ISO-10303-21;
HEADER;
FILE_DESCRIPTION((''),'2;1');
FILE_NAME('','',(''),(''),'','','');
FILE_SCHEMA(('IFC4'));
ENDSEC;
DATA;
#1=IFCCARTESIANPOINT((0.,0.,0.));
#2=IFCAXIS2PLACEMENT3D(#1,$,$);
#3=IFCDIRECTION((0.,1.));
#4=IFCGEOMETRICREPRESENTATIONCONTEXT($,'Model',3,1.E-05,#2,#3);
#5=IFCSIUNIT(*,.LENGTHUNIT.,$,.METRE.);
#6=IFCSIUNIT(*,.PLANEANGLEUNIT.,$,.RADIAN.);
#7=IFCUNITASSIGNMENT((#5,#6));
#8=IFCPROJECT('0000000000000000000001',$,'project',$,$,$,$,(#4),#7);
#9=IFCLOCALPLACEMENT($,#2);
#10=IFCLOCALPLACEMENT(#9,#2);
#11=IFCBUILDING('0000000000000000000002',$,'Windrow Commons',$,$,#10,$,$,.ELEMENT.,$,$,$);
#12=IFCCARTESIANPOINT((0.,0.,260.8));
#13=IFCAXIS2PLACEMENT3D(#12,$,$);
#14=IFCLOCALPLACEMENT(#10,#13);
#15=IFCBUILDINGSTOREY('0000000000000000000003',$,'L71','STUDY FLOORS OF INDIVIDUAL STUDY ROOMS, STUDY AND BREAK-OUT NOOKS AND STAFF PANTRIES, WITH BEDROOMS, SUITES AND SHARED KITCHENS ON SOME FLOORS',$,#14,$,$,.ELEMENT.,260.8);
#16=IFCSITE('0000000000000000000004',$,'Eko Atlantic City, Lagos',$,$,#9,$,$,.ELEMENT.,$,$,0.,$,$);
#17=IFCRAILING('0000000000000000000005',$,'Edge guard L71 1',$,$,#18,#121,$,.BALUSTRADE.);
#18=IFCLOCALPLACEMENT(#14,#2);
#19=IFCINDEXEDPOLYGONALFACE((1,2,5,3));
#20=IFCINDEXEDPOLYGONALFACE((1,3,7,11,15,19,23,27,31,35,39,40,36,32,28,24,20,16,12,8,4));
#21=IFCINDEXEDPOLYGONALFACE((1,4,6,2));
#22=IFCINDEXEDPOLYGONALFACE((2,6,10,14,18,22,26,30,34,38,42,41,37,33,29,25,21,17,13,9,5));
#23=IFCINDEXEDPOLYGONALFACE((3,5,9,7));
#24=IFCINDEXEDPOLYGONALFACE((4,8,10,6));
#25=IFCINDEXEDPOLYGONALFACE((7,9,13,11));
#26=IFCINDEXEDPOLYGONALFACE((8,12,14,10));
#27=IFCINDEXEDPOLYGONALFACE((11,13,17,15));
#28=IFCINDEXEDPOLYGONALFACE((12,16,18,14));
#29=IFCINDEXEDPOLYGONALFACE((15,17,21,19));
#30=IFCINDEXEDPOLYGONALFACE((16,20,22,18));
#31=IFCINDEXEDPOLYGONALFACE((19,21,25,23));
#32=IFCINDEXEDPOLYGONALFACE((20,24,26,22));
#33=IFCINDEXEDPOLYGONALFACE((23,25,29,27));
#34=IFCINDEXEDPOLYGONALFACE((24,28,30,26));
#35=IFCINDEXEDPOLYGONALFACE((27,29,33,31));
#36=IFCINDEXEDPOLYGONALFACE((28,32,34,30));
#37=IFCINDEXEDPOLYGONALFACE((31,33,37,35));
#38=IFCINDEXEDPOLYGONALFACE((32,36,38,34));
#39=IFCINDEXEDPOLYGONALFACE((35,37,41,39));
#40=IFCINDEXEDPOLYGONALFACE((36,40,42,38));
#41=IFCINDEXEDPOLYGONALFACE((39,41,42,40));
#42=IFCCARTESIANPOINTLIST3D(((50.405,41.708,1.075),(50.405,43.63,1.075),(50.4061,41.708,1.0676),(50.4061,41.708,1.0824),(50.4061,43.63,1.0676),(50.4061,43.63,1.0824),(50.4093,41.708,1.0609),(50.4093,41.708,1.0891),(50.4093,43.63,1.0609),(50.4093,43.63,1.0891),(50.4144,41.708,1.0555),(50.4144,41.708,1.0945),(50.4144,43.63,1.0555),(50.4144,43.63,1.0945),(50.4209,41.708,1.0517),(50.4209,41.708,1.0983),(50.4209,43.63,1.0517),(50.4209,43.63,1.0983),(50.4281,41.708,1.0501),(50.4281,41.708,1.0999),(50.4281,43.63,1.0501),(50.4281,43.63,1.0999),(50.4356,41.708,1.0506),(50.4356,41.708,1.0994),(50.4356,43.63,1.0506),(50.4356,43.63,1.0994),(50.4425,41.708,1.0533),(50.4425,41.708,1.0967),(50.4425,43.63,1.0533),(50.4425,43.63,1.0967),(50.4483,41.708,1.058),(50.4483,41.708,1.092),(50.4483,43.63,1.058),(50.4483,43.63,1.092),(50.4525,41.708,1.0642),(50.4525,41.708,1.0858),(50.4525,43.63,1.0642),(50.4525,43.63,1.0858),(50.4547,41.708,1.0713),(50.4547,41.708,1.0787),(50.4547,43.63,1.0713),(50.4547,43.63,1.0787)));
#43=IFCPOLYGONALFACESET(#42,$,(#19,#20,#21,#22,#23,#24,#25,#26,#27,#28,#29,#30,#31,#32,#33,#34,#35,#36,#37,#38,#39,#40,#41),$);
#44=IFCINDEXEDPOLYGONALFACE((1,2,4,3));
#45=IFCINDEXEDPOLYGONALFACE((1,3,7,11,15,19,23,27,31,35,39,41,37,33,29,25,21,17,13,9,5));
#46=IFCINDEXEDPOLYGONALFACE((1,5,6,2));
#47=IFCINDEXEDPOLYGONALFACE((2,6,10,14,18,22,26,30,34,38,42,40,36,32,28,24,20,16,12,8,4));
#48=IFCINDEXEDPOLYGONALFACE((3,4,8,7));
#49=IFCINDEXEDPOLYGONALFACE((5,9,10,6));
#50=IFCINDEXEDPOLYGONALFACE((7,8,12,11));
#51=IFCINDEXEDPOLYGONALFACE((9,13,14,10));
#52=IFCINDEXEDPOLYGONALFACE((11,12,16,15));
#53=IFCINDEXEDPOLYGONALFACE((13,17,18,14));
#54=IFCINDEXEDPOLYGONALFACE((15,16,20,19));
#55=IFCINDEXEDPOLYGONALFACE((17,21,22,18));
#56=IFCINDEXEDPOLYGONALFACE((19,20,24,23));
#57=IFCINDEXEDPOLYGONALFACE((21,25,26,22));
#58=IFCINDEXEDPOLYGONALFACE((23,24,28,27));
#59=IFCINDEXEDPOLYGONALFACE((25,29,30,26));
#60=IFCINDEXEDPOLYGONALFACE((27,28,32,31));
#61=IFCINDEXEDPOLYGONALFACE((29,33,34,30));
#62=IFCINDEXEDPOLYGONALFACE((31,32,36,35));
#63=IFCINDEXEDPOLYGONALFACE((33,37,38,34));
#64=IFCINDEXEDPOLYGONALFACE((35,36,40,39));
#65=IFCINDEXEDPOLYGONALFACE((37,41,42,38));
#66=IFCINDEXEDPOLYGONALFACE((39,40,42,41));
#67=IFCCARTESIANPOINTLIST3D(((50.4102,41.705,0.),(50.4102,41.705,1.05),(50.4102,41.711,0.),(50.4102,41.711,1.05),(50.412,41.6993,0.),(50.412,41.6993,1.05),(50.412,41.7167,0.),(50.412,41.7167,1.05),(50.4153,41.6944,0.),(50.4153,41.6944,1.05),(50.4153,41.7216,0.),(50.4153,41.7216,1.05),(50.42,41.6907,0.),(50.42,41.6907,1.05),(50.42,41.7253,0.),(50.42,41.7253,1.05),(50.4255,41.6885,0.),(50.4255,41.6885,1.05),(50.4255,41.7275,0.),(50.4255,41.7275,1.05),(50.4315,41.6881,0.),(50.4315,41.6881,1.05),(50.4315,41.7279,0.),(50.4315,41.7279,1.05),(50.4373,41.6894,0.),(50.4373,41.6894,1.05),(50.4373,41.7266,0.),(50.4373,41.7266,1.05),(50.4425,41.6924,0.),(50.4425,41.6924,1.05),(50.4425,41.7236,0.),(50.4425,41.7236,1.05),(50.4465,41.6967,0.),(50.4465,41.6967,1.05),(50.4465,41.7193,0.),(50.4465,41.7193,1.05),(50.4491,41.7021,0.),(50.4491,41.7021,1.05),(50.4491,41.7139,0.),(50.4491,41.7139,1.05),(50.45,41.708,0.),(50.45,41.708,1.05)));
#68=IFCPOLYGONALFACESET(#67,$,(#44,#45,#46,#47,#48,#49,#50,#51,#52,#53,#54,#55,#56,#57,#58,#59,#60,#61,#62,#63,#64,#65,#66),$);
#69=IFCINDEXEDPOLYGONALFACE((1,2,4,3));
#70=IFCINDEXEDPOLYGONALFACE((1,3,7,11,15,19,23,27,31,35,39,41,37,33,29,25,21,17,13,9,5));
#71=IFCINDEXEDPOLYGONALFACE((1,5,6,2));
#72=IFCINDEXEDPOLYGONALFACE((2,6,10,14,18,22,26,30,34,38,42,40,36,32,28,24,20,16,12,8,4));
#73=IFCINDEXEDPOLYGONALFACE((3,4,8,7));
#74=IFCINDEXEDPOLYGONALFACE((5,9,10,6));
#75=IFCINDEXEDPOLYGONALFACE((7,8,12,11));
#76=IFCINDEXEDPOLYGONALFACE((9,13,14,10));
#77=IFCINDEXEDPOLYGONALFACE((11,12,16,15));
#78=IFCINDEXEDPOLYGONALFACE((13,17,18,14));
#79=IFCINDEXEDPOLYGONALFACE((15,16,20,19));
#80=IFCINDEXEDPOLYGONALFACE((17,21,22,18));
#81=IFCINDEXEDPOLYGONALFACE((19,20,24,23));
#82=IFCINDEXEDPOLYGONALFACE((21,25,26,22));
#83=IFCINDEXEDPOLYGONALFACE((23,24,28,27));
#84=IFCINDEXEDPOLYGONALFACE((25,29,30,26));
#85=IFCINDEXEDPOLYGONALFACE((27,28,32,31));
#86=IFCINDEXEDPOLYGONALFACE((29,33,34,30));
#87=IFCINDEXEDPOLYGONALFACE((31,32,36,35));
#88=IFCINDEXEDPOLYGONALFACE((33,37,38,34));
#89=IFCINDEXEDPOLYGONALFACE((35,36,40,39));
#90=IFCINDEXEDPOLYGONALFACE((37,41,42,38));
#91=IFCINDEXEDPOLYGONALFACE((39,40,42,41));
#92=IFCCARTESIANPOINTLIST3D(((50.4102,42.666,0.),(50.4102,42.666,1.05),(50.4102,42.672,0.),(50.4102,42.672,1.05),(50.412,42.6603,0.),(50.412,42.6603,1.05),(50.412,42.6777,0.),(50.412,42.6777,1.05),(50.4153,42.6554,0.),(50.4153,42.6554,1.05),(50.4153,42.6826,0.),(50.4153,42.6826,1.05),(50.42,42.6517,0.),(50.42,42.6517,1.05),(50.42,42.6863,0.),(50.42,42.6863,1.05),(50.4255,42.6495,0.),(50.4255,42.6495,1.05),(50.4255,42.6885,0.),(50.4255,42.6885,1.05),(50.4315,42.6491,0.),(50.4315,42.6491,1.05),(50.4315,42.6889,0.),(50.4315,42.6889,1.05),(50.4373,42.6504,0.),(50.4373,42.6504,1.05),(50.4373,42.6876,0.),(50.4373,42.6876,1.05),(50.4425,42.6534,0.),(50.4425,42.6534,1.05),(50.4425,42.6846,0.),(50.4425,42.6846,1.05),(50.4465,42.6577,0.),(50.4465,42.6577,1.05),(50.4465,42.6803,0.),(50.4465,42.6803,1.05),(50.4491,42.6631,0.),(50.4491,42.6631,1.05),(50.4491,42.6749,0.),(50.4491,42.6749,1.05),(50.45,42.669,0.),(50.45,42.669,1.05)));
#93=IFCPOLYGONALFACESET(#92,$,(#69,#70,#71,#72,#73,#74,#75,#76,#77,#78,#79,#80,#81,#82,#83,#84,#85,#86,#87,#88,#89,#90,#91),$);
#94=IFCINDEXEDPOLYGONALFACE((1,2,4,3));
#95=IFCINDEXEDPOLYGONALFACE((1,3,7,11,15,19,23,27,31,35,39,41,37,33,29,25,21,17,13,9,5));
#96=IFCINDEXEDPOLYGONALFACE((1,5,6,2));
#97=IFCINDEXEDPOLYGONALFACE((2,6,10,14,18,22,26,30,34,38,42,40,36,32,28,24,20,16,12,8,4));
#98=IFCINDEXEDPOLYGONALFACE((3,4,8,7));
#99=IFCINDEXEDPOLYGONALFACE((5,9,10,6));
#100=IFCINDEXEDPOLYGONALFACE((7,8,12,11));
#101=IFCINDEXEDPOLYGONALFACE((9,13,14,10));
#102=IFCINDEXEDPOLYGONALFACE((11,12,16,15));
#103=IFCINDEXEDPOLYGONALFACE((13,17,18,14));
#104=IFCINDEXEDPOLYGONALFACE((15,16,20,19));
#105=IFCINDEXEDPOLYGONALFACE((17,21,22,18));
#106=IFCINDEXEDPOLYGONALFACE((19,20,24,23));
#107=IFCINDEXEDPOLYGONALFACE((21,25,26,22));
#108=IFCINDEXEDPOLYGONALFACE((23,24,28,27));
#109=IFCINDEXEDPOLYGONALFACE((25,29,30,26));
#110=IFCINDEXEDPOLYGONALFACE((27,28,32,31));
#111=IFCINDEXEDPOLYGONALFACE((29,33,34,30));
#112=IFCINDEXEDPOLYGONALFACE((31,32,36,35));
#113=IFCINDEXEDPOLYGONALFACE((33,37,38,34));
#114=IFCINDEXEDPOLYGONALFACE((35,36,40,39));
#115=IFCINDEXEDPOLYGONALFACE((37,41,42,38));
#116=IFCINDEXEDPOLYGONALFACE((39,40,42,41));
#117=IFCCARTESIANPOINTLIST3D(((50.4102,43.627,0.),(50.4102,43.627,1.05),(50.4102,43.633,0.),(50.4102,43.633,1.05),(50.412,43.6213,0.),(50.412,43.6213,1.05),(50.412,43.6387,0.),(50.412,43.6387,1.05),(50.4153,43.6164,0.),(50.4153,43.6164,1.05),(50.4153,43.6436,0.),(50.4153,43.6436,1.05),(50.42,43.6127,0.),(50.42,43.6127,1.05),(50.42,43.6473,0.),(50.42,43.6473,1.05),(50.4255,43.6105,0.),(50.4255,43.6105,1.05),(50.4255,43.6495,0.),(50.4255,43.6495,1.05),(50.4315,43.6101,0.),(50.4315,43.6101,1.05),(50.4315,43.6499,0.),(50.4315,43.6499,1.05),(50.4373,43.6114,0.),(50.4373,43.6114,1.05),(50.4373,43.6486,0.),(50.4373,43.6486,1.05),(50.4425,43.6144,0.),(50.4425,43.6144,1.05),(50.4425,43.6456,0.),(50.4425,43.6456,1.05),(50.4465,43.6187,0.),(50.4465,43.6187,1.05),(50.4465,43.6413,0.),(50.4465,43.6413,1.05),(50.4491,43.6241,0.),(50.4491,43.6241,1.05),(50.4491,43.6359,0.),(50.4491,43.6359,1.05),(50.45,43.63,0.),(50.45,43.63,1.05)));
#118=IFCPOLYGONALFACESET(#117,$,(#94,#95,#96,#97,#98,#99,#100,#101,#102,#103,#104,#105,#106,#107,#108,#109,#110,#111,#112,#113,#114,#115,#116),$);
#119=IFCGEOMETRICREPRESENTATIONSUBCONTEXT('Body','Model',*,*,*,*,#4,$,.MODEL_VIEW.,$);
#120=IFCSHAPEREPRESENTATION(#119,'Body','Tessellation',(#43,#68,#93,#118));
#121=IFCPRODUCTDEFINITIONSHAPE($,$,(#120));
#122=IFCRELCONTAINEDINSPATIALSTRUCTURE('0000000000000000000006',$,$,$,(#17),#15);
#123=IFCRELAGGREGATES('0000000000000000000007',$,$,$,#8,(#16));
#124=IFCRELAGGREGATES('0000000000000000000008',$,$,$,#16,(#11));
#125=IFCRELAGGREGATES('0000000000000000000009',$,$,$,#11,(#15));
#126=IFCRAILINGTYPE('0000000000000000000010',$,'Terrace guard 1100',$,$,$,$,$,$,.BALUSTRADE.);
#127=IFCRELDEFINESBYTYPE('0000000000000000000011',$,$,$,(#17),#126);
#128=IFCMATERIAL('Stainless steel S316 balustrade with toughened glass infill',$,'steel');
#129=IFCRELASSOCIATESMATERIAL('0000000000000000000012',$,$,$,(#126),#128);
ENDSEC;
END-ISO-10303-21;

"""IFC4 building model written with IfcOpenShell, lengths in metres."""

from ifc_helpers import new_model, si_unit, direction, frame, origin, origin_2d, place, context, subcontext, project, spatial, circle, extrude, material, type_object, element, save


model = new_model("IFC4")

# Units and contexts
model_context = context("Model", 3, precision=1e-05, world=origin(), true_north=direction((0.0, 1.0)))
body_context = subcontext(model_context, "Body", "Model", "MODEL_VIEW")
ifc_project = project(units=[si_unit("LENGTHUNIT", "METRE"), si_unit("PLANEANGLEUNIT", "RADIAN")], contexts=[model_context])

# Site, building, storey
site_placement = place(None, origin())
site = spatial("IfcSite", under=ifc_project, at=site_placement, Name="Eko Atlantic City, Lagos", CompositionType="ELEMENT", RefElevation=0.0)
building_placement = place(site_placement, origin())
building = spatial("IfcBuilding", under=site, at=building_placement, Name="Windrow Commons", CompositionType="ELEMENT")
storey_placement = place(building_placement, frame((0.0, 0.0, 260.8)))
storey = spatial("IfcBuildingStorey", under=building, at=storey_placement, Name="L71", Description="STUDY FLOORS OF INDIVIDUAL STUDY ROOMS, STUDY AND BREAK-OUT NOOKS AND STAFF PANTRIES, WITH BEDROOMS, SUITES AND SHARED KITCHENS ON SOME FLOORS", CompositionType="ELEMENT", Elevation=260.8)

# Railing
ifc_material_1 = material(Name="Stainless steel S316 balustrade with toughened glass infill", Category="steel")
railing_type = type_object("IfcRailingType", Name="Terrace guard 1100", PredefinedType="BALUSTRADE", material=ifc_material_1)
railing_placement = place(storey_placement, frame((50.43, 41.708, 0.0)))
element("IfcRailing", 1, at=railing_placement, inside=storey, type_object=railing_type, Name="Edge guard L71 1", PredefinedType="BALUSTRADE", context=body_context, shape_type="SweptSolid", body=[
    extrude(circle(Radius=0.025, at=origin_2d()), frame((0.0, 0.0, 1.075), z_axis=(0.0, 1.0, 0.0), x_axis=(-1.0, 0.0, 0.0)), (0.0, 0.0, 1.0), 1.922),
    extrude(circle(Radius=0.02, at=origin_2d()), origin(), (0.0, 0.0, 1.0), 1.05),
    extrude(circle(Radius=0.02, at=origin_2d()), frame((0.0, 0.961, 0.0)), (0.0, 0.0, 1.0), 1.05),
    extrude(circle(Radius=0.02, at=origin_2d()), frame((0.0, 1.922, 0.0)), (0.0, 0.0, 1.0), 1.05),
])

save(model, "model.ifc")
